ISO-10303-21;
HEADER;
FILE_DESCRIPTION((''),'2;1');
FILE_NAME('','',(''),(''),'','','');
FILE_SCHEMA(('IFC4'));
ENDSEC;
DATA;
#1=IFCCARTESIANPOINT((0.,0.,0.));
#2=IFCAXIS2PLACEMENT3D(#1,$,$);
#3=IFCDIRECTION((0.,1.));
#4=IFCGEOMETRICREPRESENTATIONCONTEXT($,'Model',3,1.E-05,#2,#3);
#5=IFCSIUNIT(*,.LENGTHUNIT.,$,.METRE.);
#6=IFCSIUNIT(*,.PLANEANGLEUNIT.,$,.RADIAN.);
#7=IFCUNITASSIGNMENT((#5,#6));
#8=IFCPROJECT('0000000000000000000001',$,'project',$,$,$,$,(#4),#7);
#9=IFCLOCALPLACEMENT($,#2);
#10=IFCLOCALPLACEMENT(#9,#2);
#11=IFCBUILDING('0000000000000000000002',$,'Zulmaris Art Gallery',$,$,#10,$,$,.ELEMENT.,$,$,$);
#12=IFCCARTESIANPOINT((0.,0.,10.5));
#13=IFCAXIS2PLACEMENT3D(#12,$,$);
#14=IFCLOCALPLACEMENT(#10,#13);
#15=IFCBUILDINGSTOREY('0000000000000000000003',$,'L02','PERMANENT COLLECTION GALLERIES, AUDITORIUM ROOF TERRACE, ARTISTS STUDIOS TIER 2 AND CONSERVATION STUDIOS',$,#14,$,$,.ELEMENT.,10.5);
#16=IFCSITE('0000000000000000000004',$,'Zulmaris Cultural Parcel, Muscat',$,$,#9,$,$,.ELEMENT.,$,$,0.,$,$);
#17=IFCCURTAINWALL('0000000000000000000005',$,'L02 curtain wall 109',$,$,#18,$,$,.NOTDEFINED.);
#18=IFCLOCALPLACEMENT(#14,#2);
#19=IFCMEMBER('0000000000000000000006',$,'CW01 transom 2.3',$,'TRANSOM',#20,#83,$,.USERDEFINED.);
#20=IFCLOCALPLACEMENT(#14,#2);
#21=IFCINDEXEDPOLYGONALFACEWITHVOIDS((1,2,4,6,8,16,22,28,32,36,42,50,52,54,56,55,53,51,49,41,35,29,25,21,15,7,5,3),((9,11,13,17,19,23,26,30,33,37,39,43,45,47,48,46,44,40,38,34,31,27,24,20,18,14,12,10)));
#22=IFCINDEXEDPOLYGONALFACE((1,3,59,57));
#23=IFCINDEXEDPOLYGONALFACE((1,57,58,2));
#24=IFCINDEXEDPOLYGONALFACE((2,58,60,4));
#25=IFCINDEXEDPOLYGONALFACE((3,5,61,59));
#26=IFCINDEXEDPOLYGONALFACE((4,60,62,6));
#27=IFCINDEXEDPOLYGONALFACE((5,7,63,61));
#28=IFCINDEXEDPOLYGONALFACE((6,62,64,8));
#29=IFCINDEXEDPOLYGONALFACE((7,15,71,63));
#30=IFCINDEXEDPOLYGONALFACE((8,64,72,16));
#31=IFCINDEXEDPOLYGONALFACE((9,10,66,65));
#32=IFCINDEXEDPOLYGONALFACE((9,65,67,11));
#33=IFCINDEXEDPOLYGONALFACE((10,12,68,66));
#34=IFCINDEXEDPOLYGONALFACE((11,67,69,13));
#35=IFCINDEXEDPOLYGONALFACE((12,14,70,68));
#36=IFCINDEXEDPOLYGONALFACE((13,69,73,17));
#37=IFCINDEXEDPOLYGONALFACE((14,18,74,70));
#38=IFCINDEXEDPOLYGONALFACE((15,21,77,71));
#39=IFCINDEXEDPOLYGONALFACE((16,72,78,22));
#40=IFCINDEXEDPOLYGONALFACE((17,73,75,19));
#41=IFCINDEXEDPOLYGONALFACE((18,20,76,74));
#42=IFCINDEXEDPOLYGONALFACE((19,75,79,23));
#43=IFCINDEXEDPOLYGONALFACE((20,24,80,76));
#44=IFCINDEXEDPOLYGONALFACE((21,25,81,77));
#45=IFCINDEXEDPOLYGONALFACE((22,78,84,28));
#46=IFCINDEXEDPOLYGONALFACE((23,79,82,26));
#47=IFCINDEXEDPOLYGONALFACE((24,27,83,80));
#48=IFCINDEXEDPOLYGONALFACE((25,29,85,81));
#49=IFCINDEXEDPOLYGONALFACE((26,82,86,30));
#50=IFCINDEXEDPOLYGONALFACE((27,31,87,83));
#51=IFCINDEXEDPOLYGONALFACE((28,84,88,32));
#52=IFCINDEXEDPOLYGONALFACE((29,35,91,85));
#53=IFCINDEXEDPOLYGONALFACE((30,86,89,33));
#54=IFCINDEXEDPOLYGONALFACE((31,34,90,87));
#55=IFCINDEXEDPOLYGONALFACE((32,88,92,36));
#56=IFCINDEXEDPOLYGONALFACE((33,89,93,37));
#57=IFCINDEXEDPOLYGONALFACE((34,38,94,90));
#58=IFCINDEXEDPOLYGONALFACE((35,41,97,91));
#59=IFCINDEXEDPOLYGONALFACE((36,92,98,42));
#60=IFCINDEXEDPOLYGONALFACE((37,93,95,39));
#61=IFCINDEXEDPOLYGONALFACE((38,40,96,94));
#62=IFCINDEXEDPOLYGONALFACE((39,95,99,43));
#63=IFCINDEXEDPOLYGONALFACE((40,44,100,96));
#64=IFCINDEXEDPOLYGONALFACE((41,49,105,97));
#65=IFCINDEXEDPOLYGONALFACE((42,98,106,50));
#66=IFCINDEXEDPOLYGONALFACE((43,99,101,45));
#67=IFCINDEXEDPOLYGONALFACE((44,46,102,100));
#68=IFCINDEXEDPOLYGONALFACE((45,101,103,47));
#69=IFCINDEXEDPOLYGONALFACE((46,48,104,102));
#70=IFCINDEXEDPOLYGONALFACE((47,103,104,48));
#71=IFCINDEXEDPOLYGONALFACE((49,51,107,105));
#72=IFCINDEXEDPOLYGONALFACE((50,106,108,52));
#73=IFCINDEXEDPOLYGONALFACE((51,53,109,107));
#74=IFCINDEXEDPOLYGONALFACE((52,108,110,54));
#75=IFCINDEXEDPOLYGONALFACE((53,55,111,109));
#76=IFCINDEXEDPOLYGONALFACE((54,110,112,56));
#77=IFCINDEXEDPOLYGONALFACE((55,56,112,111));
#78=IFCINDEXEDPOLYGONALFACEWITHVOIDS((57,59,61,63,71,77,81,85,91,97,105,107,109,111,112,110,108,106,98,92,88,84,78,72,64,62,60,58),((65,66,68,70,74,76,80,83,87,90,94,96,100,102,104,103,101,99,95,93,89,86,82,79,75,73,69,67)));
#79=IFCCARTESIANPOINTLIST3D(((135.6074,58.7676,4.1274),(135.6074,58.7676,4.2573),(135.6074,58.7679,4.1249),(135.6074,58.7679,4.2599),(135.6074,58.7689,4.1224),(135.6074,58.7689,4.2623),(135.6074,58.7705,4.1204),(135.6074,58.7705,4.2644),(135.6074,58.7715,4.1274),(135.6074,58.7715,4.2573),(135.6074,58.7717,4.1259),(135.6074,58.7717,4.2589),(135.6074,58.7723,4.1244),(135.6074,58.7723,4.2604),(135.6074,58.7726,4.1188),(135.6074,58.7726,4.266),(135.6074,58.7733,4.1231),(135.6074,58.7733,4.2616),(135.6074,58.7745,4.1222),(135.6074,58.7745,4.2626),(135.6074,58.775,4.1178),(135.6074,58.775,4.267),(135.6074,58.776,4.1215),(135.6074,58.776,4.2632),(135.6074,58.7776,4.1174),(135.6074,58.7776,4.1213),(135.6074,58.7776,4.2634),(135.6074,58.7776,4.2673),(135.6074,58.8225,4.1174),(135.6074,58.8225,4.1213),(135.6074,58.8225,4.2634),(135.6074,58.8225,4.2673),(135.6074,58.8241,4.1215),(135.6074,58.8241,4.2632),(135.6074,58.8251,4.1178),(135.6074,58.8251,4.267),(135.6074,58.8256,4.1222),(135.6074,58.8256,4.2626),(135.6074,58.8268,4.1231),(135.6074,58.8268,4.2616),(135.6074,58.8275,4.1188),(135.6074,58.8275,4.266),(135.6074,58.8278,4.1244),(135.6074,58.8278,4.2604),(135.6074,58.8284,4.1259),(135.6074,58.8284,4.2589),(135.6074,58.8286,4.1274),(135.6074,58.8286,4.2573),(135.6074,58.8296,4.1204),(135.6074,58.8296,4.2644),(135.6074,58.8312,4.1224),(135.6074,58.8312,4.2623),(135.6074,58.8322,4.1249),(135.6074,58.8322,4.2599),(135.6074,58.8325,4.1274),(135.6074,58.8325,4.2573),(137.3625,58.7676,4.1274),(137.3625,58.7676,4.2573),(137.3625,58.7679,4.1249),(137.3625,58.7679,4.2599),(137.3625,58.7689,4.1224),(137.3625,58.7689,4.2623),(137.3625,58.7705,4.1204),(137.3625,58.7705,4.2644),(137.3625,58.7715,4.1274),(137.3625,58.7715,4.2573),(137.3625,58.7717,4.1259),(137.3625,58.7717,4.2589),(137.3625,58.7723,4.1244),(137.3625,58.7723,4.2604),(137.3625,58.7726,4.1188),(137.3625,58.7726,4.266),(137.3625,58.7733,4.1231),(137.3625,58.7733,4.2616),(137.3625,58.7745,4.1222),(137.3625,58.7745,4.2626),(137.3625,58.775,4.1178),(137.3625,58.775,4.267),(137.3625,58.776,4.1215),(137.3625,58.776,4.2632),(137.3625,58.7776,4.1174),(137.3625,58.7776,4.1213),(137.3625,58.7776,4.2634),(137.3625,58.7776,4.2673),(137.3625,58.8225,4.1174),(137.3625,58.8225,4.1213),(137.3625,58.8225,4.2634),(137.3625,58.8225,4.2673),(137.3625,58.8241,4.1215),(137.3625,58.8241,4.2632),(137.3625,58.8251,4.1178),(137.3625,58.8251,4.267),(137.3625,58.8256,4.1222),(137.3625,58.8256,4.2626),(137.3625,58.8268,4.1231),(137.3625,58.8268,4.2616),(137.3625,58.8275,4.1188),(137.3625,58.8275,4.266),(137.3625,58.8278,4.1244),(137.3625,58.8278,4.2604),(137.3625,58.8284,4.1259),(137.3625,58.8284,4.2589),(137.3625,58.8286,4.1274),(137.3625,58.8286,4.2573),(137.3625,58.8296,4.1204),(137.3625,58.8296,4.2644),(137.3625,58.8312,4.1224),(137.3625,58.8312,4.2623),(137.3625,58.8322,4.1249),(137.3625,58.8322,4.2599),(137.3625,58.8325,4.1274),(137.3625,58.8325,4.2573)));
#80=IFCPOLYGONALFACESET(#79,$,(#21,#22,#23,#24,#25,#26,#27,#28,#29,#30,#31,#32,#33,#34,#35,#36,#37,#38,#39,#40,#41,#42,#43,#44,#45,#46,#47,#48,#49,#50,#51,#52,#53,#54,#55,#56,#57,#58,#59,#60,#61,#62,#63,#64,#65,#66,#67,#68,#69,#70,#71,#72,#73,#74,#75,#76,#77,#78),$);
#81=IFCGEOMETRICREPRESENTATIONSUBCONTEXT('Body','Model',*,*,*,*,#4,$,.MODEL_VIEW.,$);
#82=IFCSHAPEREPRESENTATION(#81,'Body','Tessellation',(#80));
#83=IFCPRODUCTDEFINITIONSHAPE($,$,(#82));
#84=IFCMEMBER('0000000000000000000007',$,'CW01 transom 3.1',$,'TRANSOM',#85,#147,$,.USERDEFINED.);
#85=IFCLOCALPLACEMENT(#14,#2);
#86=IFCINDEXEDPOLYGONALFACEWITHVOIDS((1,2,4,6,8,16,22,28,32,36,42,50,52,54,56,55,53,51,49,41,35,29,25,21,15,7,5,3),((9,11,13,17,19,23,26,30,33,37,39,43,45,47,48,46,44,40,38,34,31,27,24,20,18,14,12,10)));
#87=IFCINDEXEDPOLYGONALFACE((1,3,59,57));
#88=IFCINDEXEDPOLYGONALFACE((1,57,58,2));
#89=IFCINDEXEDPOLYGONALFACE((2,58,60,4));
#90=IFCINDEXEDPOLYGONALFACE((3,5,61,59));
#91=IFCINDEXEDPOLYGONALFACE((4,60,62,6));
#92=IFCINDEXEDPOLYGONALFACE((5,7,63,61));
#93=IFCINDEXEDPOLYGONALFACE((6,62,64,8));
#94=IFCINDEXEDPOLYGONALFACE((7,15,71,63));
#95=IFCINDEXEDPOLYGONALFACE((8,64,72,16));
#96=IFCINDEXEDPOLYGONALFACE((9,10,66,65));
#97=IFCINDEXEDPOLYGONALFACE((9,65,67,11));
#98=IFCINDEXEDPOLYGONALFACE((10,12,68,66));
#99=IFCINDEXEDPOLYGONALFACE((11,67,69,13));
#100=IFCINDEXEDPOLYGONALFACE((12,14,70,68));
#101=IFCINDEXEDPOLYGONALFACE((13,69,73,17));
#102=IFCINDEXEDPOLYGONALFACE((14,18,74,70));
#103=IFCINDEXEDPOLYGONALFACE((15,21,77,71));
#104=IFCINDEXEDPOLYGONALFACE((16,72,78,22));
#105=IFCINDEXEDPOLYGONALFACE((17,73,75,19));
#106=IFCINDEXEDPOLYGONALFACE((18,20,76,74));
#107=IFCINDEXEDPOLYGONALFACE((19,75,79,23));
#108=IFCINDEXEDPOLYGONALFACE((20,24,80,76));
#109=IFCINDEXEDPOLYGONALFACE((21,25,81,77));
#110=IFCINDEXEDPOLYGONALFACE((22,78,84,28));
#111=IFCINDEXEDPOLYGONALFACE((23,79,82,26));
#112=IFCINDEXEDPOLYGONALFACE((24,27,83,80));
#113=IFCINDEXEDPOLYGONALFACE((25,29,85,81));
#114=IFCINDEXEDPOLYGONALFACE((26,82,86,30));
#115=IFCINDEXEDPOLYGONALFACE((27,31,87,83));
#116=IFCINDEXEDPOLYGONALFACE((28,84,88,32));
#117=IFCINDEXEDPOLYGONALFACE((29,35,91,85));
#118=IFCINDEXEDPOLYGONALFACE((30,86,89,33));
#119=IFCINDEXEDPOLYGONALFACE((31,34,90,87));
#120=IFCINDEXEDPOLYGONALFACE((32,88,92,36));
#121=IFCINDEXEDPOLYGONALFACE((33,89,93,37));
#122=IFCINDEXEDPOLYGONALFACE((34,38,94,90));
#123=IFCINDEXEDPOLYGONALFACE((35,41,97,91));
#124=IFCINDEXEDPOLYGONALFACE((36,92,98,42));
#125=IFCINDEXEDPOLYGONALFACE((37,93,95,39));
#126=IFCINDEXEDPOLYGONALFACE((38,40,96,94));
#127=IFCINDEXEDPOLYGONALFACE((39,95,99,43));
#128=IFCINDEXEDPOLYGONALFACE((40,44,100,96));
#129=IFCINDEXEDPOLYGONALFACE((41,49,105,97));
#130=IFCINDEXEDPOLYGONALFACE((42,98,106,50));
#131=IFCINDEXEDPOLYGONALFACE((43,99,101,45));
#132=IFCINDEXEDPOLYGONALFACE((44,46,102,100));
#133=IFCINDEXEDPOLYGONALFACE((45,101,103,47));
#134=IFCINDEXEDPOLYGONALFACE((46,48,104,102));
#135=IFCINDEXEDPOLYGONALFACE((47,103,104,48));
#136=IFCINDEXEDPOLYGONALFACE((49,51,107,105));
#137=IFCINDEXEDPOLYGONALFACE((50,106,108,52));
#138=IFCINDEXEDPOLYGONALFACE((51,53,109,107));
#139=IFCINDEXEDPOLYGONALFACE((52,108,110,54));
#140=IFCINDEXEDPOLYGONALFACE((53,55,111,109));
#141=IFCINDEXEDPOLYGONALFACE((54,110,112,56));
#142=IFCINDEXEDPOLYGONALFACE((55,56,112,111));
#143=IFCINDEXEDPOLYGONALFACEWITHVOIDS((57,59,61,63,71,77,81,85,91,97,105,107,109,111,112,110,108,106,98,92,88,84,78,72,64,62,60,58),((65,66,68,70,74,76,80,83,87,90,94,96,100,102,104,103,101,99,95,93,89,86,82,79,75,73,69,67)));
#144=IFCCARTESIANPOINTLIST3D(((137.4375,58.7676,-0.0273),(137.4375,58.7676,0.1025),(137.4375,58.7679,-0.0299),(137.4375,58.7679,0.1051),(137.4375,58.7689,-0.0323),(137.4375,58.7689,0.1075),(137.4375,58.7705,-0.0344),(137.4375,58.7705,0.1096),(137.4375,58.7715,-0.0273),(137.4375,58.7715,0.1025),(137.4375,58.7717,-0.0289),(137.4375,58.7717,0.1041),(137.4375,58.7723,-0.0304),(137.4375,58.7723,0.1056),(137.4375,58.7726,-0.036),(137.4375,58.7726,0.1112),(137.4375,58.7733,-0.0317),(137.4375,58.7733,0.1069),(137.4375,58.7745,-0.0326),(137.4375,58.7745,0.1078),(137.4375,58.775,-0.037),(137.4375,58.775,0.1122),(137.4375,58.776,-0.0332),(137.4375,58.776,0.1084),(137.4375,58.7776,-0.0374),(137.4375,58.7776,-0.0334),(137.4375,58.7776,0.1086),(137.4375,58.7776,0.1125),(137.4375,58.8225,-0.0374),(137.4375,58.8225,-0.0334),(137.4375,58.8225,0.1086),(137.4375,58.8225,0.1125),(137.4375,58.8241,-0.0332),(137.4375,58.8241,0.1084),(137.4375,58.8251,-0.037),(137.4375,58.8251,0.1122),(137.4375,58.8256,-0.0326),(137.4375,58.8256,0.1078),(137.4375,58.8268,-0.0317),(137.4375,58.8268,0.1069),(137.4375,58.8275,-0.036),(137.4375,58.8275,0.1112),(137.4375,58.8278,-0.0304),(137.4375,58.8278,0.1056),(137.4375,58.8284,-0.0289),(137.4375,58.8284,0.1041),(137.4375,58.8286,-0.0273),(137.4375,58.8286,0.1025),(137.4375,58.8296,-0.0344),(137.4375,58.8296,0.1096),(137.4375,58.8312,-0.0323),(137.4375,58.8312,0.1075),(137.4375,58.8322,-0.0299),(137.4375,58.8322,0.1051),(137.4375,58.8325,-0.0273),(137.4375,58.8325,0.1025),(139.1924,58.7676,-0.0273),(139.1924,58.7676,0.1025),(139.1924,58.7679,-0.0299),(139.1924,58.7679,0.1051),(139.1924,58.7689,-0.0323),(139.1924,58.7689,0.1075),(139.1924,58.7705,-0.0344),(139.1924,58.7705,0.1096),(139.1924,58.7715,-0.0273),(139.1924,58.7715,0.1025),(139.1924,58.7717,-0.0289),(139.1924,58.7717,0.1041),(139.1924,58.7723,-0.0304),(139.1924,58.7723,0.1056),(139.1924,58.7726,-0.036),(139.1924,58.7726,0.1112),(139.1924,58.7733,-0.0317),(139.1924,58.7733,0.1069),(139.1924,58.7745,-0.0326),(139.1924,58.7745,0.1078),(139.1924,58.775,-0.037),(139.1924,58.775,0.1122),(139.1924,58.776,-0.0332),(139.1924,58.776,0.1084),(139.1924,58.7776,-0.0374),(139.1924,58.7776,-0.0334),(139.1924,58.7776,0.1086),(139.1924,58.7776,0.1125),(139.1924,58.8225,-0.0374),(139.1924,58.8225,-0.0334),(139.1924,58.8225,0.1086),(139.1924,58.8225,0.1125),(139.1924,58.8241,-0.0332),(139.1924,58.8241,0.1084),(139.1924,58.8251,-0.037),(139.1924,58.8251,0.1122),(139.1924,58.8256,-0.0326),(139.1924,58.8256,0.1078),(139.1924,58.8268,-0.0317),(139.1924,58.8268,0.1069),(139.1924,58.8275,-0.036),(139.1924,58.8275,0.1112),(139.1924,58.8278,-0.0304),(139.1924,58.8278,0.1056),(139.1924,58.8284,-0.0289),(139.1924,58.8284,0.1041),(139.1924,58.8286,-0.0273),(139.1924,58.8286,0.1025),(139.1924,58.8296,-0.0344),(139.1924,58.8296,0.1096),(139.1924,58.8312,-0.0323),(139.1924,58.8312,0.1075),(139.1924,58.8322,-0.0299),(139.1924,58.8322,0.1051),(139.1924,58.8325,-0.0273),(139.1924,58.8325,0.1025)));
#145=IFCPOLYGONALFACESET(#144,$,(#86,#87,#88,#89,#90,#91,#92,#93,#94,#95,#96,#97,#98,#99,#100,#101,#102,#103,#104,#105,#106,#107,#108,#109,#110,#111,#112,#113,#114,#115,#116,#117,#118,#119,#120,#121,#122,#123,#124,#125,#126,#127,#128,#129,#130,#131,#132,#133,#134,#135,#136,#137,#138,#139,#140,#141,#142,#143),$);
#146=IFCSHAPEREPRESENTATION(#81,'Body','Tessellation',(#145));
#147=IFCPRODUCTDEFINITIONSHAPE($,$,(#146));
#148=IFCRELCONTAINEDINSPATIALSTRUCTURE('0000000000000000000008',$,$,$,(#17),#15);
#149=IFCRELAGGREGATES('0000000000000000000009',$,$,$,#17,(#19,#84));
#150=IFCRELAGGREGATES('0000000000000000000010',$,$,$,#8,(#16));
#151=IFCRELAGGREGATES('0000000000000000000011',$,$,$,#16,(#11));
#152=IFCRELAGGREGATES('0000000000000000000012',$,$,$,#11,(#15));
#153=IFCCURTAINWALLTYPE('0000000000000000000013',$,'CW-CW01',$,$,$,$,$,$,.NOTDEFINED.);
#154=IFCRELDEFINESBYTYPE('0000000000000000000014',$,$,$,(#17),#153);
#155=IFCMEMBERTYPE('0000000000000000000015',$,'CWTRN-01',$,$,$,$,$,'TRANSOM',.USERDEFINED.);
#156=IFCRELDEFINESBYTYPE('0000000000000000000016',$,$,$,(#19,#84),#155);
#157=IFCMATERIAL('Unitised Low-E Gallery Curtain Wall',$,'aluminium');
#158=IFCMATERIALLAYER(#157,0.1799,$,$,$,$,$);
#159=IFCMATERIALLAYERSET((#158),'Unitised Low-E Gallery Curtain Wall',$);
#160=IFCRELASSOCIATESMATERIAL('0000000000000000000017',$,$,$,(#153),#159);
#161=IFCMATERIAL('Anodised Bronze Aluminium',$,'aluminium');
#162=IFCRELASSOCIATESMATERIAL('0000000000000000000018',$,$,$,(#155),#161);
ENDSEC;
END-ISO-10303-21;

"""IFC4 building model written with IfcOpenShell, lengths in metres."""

from ifc_helpers import new_model, si_unit, direction, frame, origin, origin_2d, place, context, subcontext, project, spatial, hollow_rectangle, extrude, material, layer, layer_set, material_profile, profile_set, type_object, element, aggregate, save


model = new_model("IFC4")

# Units and contexts
model_context = context("Model", 3, precision=1e-05, world=origin(), true_north=direction((0.0, 1.0)))
body_context = subcontext(model_context, "Body", "Model", "MODEL_VIEW")
ifc_project = project(units=[si_unit("LENGTHUNIT", "METRE"), si_unit("PLANEANGLEUNIT", "RADIAN")], contexts=[model_context])

# Site, building, storey
site_placement = place(None, origin())
site = spatial("IfcSite", under=ifc_project, at=site_placement, Name="Zulmaris Cultural Parcel, Muscat", CompositionType="ELEMENT", RefElevation=0.0)
building_placement = place(site_placement, origin())
building = spatial("IfcBuilding", under=site, at=building_placement, Name="Zulmaris Art Gallery", CompositionType="ELEMENT")
storey_placement = place(building_placement, frame((0.0, 0.0, 10.5)))
storey = spatial("IfcBuildingStorey", under=building, at=storey_placement, Name="L02", Description="PERMANENT COLLECTION GALLERIES, AUDITORIUM ROOF TERRACE, ARTISTS STUDIOS TIER 2 AND CONSERVATION STUDIOS", CompositionType="ELEMENT", Elevation=10.5)

# Curtain wall, members
ifc_material_1 = material(Name="Unitised Low-E Gallery Curtain Wall", Category="aluminium")
ifc_layer_1 = layer(ifc_material_1, 0.1799)
ifc_layer_set_1 = layer_set([ifc_layer_1], Name="Unitised Low-E Gallery Curtain Wall")
curtain_wall_type = type_object("IfcCurtainWallType", Name="CW-CW01", PredefinedType="NOTDEFINED", material=ifc_layer_set_1)
curtain_wall_placement = place(storey_placement, origin())
curtain_wall = element("IfcCurtainWall", 1, at=curtain_wall_placement, inside=storey, type_object=curtain_wall_type, Name="L02 curtain wall 109", PredefinedType="NOTDEFINED")
ifc_material_2 = material(Name="Anodised Bronze Aluminium", Category="aluminium")
ifc_material_profile_1 = material_profile(ifc_material_2, hollow_rectangle(XDim=0.0649, YDim=0.1499, WallThickness=0.0039, InnerFilletRadius=0.0061, OuterFilletRadius=0.01, at=origin_2d()), Name="ALU 65x150x4")
ifc_profile_set_1 = profile_set([ifc_material_profile_1], Name="Anodised Bronze Aluminium")
member_type_1 = type_object("IfcMemberType", Name="CWTRN-01", ElementType="TRANSOM", PredefinedType="USERDEFINED", material=ifc_profile_set_1)
member_1_placement = place(storey_placement, frame((135.6074, 58.8, 4.1924), z_axis=(1.0, 0.0, 0.0), x_axis=(0.0, 1.0, 0.0)))
member_1 = element("IfcMember", 2, at=member_1_placement, type_object=member_type_1, Name="CW01 transom 2.3", ObjectType="TRANSOM", PredefinedType="USERDEFINED", context=body_context, shape_type="SweptSolid", body=[
    extrude(hollow_rectangle(XDim=0.0649, YDim=0.1499, WallThickness=0.0039, InnerFilletRadius=0.0061, OuterFilletRadius=0.01, at=origin_2d()), origin(), (0.0, 0.0, 1.0), 1.7551),
])
member_2_placement = place(storey_placement, frame((137.4375, 58.8, 0.0376), z_axis=(1.0, 0.0, 0.0), x_axis=(0.0, 1.0, 0.0)))
member_2 = element("IfcMember", 3, at=member_2_placement, type_object=member_type_1, Name="CW01 transom 3.1", ObjectType="TRANSOM", PredefinedType="USERDEFINED", context=body_context, shape_type="SweptSolid", body=[
    extrude(hollow_rectangle(XDim=0.0649, YDim=0.1499, WallThickness=0.0039, InnerFilletRadius=0.0061, OuterFilletRadius=0.01, at=origin_2d()), origin(), (0.0, 0.0, 1.0), 1.7549),
])
aggregate(curtain_wall, [member_1, member_2])

save(model, "model.ifc")
